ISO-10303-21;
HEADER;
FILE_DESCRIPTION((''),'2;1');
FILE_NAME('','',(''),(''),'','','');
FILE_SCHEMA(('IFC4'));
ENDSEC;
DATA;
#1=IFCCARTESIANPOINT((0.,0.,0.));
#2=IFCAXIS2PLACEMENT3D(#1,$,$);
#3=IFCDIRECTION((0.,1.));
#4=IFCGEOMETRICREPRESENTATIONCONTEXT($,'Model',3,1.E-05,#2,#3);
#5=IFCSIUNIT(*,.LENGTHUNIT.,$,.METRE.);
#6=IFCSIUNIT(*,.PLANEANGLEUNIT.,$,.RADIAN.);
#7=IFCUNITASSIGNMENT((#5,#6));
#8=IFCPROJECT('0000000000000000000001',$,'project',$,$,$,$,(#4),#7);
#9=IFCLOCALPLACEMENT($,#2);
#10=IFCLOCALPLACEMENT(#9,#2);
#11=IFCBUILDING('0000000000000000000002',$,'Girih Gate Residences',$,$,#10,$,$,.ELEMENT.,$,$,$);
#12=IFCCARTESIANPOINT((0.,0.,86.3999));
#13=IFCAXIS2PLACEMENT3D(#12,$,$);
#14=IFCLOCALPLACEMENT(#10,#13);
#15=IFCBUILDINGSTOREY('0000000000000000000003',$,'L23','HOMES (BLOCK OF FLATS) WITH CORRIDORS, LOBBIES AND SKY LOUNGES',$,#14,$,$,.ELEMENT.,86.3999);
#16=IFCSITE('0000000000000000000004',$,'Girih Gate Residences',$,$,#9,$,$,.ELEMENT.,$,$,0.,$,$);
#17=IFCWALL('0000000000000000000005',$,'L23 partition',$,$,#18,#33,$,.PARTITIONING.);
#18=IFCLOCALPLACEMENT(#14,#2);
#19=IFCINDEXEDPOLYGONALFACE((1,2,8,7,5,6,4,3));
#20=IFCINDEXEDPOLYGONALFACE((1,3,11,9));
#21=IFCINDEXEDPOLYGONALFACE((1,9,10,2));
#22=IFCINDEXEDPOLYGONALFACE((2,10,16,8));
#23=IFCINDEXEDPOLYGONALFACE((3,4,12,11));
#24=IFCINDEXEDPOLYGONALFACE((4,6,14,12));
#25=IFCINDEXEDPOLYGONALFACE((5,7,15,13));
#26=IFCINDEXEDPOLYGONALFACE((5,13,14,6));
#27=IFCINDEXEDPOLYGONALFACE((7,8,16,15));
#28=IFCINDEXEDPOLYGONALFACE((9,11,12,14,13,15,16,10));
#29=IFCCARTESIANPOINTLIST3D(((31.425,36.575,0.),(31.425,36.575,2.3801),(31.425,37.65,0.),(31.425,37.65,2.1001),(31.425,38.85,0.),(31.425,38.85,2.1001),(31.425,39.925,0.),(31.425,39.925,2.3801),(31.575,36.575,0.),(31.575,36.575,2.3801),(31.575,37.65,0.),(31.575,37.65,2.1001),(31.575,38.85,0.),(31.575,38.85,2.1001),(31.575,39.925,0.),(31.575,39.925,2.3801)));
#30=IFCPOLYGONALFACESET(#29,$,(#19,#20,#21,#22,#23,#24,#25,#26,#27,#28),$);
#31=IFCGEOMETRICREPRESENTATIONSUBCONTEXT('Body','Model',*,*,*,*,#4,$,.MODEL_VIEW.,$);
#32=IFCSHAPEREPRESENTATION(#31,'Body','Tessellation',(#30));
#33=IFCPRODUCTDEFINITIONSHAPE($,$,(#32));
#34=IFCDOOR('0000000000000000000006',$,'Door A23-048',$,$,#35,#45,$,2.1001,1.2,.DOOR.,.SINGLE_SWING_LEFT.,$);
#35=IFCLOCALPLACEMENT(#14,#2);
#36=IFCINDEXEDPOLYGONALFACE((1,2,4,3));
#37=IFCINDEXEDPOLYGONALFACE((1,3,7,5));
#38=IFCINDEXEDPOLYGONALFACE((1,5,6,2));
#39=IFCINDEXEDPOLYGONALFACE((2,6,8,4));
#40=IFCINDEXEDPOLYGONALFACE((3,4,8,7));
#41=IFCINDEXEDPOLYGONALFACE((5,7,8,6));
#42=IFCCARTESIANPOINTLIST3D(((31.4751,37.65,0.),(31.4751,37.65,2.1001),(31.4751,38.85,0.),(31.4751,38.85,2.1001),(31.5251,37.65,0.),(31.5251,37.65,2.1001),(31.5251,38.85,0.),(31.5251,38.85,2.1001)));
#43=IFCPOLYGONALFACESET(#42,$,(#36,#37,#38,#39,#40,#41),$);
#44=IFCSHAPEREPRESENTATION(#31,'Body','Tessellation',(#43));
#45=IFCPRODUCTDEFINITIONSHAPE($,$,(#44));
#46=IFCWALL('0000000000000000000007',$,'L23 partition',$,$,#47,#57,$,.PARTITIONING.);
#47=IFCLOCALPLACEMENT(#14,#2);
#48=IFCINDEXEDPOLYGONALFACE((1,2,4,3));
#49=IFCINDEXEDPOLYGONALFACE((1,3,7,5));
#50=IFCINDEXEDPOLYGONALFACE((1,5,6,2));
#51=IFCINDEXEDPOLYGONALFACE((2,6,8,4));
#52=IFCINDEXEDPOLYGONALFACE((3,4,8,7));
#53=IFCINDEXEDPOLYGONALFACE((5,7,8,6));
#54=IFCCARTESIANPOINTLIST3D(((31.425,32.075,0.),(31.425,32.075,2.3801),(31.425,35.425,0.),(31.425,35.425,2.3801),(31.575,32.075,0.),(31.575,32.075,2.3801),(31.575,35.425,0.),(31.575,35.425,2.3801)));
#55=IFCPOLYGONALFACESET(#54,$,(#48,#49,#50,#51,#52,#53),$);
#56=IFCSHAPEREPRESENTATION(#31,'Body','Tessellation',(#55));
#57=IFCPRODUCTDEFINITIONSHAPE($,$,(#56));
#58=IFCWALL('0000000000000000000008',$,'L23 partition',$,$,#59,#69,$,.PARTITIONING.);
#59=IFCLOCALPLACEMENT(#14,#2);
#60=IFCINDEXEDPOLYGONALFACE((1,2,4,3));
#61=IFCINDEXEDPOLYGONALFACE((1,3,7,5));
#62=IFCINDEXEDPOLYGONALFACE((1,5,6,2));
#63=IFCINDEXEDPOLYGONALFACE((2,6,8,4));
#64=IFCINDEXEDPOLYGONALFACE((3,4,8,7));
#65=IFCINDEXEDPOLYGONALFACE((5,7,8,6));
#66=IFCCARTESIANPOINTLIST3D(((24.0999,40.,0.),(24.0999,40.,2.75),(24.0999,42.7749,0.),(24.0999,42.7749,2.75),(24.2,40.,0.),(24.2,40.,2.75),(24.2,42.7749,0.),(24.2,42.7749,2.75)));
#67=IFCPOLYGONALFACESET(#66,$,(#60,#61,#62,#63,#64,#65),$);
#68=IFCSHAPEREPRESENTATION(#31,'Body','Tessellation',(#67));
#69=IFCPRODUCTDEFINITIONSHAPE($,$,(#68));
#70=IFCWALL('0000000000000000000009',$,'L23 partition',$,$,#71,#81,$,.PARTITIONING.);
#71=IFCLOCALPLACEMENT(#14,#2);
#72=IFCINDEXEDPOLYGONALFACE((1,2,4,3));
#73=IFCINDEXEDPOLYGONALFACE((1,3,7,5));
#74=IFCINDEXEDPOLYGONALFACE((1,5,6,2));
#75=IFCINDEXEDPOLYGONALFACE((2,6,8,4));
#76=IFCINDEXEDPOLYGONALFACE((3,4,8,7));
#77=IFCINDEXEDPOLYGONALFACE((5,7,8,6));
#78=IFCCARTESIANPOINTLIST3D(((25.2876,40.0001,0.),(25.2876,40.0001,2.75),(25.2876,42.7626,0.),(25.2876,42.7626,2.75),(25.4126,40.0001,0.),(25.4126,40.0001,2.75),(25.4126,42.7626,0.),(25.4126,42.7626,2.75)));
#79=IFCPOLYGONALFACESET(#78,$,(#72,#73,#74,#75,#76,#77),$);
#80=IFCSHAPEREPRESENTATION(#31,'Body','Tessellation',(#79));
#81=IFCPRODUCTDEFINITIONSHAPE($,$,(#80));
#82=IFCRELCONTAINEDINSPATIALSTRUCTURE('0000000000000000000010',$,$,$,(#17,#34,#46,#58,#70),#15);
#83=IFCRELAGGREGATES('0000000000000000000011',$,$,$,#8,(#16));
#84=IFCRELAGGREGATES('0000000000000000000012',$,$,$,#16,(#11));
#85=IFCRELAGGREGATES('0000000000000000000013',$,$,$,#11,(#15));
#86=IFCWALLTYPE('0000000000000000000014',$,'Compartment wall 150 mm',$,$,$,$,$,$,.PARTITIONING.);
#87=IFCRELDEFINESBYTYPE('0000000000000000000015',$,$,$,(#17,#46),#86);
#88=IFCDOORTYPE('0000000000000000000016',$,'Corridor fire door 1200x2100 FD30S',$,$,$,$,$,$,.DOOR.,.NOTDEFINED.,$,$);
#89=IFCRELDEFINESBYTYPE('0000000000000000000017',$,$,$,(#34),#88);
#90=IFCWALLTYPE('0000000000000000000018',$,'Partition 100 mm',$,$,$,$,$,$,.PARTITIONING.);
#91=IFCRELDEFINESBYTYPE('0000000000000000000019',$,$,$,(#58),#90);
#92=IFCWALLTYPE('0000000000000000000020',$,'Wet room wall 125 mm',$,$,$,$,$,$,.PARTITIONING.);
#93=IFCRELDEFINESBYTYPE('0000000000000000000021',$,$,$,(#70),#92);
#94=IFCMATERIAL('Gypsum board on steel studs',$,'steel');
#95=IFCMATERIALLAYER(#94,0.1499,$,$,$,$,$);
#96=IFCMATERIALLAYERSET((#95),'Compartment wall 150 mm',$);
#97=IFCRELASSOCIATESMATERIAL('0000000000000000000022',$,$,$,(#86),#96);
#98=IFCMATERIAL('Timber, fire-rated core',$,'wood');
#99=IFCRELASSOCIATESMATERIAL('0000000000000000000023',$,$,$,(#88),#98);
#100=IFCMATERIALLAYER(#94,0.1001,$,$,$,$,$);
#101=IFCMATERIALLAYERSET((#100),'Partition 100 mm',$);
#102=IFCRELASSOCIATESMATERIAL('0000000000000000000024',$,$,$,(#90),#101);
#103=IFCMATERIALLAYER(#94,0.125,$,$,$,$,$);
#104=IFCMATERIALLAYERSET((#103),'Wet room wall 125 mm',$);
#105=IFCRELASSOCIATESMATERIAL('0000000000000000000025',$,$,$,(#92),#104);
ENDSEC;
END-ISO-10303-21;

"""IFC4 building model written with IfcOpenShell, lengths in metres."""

from ifc_helpers import new_model, si_unit, direction, frame, frame_2d, origin, place, context, subcontext, project, spatial, rectangle, extrude, material, layer, layer_set, type_object, element, fill, save


model = new_model("IFC4")

# Units and contexts
model_context = context("Model", 3, precision=1e-05, world=origin(), true_north=direction((0.0, 1.0)))
body_context = subcontext(model_context, "Body", "Model", "MODEL_VIEW")
ifc_project = project(units=[si_unit("LENGTHUNIT", "METRE"), si_unit("PLANEANGLEUNIT", "RADIAN")], contexts=[model_context])

# Site, building, storey
site_placement = place(None, origin())
site = spatial("IfcSite", under=ifc_project, at=site_placement, Name="Girih Gate Residences", CompositionType="ELEMENT", RefElevation=0.0)
building_placement = place(site_placement, origin())
building = spatial("IfcBuilding", under=site, at=building_placement, Name="Girih Gate Residences", CompositionType="ELEMENT")
storey_placement = place(building_placement, frame((0.0, 0.0, 86.3999)))
storey = spatial("IfcBuildingStorey", under=building, at=storey_placement, Name="L23", Description="HOMES (BLOCK OF FLATS) WITH CORRIDORS, LOBBIES AND SKY LOUNGES", CompositionType="ELEMENT", Elevation=86.3999)

# Shared definitions
ifc_material_1 = material(Name="Gypsum board on steel studs", Category="steel")
ifc_layer_1 = layer(ifc_material_1, 0.1499)
ifc_layer_set_1 = layer_set([ifc_layer_1], Name="Compartment wall 150 mm")
wall_type_1 = type_object("IfcWallType", Name="Compartment wall 150 mm", PredefinedType="PARTITIONING", material=ifc_layer_set_1)

# Wall, opening, door
ifc_material_2 = material(Name="Timber, fire-rated core", Category="wood")
wall_1_placement = place(storey_placement, frame((31.5, 36.575, 0.0), z_axis=(0.0, 0.0, 1.0), x_axis=(0.0, 1.0, 0.0)))
wall_1 = element("IfcWall", 1, at=wall_1_placement, inside=storey, type_object=wall_type_1, Name="L23 partition", PredefinedType="PARTITIONING", context=body_context, shape_type="SweptSolid", body=[
    extrude(rectangle(XDim=3.3501, YDim=0.1499, at=frame_2d((1.675, 0.0))), origin(), (0.0, 0.0, 1.0), 2.3801),
])
opening_1_placement = place(wall_1_placement, frame((1.075, 0.0, 0.0)))
opening_1 = element("IfcOpeningElement", 2, at=opening_1_placement, cuts=wall_1, PredefinedType="OPENING", context=body_context, shape_type="SweptSolid", body=[
    extrude(rectangle(XDim=1.2, YDim=2.1001, at=frame_2d((0.6001, 1.05))), frame((0.0, 0.085, 0.0), z_axis=(0.0, -1.0, 0.0), x_axis=(1.0, 0.0, 0.0)), (0.0, 0.0, 1.0), 0.1699),
])
door_type_1 = type_object("IfcDoorType", Name="Corridor fire door 1200x2100 FD30S", OperationType="NOTDEFINED", PredefinedType="DOOR", material=ifc_material_2)
door_1_placement = place(opening_1_placement, origin())
door_1 = element("IfcDoor", 3, at=door_1_placement, inside=storey, type_object=door_type_1, Name="Door A23-048", OperationType="SINGLE_SWING_LEFT", OverallHeight=2.1001, OverallWidth=1.2, PredefinedType="DOOR", context=body_context, shape_type="SweptSolid", body=[
    extrude(rectangle(XDim=1.2, YDim=2.1001, at=frame_2d((0.6001, 1.05))), frame((0.0, 0.0249, 0.0), z_axis=(0.0, -1.0, 0.0), x_axis=(1.0, 0.0, 0.0)), (0.0, 0.0, 1.0), 0.05),
])
fill(opening_1, door_1)

# Walls
wall_2_placement = place(storey_placement, frame((31.5, 32.075, 0.0), z_axis=(0.0, 0.0, 1.0), x_axis=(0.0, 1.0, 0.0)))
element("IfcWall", 4, at=wall_2_placement, inside=storey, type_object=wall_type_1, Name="L23 partition", PredefinedType="PARTITIONING", context=body_context, shape_type="SweptSolid", body=[
    extrude(rectangle(XDim=3.3501, YDim=0.1499, at=frame_2d((1.675, 0.0))), origin(), (0.0, 0.0, 1.0), 2.3801),
])
ifc_layer_2 = layer(ifc_material_1, 0.1001)
ifc_layer_set_2 = layer_set([ifc_layer_2], Name="Partition 100 mm")
wall_type_2 = type_object("IfcWallType", Name="Partition 100 mm", PredefinedType="PARTITIONING", material=ifc_layer_set_2)
wall_3_placement = place(storey_placement, frame((24.1499, 40.0, 0.0), z_axis=(0.0, 0.0, 1.0), x_axis=(0.0, 1.0, 0.0)))
element("IfcWall", 5, at=wall_3_placement, inside=storey, type_object=wall_type_2, Name="L23 partition", PredefinedType="PARTITIONING", context=body_context, shape_type="SweptSolid", body=[
    extrude(rectangle(XDim=2.7749, YDim=0.1001, at=frame_2d((1.3875, 0.0))), origin(), (0.0, 0.0, 1.0), 2.75),
])
ifc_layer_3 = layer(ifc_material_1, 0.125)
ifc_layer_set_3 = layer_set([ifc_layer_3], Name="Wet room wall 125 mm")
wall_type_3 = type_object("IfcWallType", Name="Wet room wall 125 mm", PredefinedType="PARTITIONING", material=ifc_layer_set_3)
wall_4_placement = place(storey_placement, frame((25.3501, 40.0, 0.0), z_axis=(0.0, 0.0, 1.0), x_axis=(0.0, 1.0, 0.0)))
element("IfcWall", 6, at=wall_4_placement, inside=storey, type_object=wall_type_3, Name="L23 partition", PredefinedType="PARTITIONING", context=body_context, shape_type="SweptSolid", body=[
    extrude(rectangle(XDim=2.7625, YDim=0.125, at=frame_2d((1.3813, 0.0))), origin(), (0.0, 0.0, 1.0), 2.75),
])

save(model, "model.ifc")
